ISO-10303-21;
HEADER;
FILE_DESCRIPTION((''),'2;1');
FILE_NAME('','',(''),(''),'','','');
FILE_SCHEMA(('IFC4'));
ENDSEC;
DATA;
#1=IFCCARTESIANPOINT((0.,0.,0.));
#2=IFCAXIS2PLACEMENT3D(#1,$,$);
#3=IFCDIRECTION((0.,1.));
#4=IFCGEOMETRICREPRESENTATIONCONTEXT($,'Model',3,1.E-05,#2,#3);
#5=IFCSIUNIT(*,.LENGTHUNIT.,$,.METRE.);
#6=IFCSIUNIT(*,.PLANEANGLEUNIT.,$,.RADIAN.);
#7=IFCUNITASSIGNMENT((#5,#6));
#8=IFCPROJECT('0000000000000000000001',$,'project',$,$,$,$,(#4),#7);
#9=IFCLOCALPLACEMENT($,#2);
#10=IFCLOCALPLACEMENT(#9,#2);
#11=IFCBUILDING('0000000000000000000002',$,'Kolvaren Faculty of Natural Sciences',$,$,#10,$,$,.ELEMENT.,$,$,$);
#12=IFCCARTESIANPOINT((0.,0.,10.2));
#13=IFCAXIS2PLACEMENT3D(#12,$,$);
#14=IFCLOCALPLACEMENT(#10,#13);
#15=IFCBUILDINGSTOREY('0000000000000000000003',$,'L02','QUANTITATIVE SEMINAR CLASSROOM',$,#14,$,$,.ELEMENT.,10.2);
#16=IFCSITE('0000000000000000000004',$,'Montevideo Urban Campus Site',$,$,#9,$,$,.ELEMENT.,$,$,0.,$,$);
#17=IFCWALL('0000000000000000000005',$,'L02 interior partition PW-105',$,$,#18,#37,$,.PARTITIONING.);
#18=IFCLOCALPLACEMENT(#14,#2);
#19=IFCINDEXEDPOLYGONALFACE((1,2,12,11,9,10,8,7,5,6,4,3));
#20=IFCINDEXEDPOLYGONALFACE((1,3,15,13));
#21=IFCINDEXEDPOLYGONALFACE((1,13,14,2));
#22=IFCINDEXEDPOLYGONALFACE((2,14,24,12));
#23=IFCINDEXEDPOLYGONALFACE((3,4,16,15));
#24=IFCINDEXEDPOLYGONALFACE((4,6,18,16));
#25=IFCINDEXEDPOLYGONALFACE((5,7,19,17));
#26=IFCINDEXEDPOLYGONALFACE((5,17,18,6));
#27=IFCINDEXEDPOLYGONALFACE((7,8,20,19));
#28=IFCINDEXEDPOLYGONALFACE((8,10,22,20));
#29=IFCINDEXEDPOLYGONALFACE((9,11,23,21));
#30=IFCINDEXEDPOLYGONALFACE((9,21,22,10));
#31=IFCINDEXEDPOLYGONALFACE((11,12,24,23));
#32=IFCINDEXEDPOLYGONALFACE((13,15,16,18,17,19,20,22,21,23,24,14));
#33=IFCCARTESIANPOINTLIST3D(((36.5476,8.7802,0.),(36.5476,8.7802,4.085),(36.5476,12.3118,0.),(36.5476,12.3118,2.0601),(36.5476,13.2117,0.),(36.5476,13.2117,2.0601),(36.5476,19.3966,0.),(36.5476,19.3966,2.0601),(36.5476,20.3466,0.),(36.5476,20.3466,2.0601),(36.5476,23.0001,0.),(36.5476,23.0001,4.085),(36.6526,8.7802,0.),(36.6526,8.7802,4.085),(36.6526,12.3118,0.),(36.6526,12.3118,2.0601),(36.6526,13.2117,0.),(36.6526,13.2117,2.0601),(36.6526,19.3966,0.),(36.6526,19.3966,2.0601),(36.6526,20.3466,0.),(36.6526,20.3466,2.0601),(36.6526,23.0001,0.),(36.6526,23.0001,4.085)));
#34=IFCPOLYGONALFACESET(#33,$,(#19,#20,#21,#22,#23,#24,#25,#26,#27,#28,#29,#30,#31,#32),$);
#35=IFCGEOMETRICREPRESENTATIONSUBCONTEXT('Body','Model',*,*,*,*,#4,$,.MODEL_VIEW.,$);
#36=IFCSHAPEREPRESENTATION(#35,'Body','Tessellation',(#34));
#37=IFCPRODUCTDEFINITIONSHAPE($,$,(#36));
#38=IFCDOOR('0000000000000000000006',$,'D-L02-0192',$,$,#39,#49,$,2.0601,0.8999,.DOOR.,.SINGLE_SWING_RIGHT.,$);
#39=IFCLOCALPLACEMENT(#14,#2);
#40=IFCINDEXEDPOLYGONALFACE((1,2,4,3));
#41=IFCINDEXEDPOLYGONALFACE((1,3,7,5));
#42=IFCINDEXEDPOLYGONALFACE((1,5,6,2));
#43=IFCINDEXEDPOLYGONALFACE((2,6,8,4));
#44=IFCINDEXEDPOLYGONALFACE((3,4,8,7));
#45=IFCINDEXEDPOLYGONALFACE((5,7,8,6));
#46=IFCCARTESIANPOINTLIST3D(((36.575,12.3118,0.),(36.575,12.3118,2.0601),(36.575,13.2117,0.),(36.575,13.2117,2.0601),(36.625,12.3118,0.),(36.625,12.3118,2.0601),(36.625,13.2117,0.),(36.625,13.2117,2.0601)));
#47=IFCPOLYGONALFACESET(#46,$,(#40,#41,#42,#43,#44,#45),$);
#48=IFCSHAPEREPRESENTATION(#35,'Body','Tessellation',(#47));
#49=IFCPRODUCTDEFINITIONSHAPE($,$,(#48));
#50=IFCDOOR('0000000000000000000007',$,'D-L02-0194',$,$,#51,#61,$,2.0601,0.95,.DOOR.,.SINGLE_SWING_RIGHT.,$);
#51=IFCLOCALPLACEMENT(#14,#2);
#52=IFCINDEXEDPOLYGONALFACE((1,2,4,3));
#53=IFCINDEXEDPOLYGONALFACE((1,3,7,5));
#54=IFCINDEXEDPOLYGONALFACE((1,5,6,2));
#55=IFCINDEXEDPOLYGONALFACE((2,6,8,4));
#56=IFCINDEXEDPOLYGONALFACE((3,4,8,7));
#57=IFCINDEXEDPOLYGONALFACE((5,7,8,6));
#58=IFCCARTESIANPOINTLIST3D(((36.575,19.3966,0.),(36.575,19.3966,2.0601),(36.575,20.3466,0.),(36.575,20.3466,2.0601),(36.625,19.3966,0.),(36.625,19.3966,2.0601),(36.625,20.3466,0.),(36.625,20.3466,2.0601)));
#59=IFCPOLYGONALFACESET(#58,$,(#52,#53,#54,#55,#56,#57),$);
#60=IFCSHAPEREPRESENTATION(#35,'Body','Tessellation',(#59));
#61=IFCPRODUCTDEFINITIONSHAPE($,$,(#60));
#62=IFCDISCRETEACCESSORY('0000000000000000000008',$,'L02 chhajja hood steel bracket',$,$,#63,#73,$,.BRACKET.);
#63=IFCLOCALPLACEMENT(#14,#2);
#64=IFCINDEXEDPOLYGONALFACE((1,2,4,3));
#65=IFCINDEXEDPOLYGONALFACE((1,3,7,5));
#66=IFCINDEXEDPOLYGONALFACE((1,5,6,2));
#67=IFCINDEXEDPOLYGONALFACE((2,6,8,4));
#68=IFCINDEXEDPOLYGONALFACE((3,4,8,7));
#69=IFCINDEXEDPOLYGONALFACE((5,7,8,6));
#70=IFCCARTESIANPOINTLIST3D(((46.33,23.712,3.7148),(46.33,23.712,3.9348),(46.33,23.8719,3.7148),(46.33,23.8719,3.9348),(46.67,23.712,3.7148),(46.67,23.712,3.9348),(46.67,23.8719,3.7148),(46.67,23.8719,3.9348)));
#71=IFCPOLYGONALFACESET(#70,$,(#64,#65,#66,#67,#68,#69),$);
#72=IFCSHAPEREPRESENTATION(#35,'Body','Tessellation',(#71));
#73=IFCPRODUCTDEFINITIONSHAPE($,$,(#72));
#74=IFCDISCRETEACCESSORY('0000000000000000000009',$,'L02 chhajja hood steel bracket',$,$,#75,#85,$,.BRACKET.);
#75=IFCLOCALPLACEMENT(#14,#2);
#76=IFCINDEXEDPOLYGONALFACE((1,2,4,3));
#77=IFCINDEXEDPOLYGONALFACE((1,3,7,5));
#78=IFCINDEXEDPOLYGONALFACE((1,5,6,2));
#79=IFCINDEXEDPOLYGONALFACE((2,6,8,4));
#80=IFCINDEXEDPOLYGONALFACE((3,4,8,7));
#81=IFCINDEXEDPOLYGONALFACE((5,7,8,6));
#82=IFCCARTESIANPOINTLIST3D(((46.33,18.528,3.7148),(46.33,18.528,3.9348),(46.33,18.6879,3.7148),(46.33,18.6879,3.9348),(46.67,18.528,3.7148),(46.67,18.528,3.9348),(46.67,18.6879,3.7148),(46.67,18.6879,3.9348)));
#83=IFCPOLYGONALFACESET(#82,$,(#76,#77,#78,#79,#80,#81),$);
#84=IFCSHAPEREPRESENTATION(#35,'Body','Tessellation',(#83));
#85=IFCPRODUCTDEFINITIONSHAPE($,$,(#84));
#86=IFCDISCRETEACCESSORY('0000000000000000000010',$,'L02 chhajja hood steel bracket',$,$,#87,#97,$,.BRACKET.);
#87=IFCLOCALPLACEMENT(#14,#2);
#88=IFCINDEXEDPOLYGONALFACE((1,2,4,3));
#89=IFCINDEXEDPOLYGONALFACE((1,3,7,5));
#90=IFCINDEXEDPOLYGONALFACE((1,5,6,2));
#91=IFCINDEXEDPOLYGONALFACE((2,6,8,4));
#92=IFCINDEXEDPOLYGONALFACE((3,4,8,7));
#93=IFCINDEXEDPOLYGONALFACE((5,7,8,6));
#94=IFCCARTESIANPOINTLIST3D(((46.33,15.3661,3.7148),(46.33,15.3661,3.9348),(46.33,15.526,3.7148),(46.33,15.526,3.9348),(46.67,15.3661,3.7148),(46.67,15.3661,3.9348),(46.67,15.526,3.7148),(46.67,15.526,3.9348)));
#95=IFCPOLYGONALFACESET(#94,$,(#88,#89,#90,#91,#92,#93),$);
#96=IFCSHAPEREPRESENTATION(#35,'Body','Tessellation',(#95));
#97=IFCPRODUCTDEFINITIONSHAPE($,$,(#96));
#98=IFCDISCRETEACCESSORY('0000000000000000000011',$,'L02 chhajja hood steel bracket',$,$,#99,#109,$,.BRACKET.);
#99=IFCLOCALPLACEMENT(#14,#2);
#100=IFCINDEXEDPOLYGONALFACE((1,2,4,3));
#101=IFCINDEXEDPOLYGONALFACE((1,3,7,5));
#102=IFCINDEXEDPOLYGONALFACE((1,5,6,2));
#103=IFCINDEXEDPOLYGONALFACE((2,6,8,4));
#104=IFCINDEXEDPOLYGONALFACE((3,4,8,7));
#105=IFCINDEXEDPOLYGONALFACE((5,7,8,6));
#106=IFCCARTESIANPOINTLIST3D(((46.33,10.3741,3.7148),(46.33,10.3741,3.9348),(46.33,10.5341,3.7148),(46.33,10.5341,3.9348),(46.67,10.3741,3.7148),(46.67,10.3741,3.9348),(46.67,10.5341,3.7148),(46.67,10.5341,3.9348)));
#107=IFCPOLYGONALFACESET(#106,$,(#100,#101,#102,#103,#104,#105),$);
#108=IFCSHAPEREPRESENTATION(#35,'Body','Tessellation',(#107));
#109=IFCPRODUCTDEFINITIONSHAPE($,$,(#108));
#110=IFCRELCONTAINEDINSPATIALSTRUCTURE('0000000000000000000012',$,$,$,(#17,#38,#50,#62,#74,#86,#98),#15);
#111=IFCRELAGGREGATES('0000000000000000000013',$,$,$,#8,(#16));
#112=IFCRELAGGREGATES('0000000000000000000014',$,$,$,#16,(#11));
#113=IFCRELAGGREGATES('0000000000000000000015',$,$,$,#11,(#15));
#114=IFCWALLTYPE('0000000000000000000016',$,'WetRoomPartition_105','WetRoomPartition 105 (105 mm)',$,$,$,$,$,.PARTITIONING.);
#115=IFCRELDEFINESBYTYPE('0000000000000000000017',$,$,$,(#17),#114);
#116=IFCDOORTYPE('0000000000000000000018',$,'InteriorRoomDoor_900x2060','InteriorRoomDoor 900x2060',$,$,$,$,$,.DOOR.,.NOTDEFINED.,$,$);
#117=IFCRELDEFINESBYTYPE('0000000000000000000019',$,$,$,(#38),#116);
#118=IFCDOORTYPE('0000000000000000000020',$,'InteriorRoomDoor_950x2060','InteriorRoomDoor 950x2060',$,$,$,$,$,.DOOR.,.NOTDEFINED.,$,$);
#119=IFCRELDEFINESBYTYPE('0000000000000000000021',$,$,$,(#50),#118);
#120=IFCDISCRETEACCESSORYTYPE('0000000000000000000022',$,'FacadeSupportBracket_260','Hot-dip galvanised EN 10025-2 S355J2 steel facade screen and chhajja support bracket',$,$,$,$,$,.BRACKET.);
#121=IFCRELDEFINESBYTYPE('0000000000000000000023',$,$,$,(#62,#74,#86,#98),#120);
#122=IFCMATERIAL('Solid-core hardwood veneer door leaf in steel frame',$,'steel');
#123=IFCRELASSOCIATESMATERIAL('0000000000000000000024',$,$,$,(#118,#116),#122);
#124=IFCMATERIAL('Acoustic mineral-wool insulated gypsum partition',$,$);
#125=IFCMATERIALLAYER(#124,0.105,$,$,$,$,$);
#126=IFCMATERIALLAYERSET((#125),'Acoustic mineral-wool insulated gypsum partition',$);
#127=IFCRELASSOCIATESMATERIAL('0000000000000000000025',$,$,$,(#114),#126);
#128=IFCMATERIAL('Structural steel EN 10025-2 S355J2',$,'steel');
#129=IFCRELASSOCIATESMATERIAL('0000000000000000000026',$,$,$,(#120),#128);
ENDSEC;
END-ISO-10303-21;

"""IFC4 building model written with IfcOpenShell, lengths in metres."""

from ifc_helpers import new_model, si_unit, direction, frame, frame_2d, origin, origin_2d, place, context, subcontext, project, spatial, rectangle, extrude, material, layer, layer_set, type_object, element, fill, save


model = new_model("IFC4")

# Units and contexts
model_context = context("Model", 3, precision=1e-05, world=origin(), true_north=direction((0.0, 1.0)))
body_context = subcontext(model_context, "Body", "Model", "MODEL_VIEW")
ifc_project = project(units=[si_unit("LENGTHUNIT", "METRE"), si_unit("PLANEANGLEUNIT", "RADIAN")], contexts=[model_context])

# Site, building, storey
site_placement = place(None, origin())
site = spatial("IfcSite", under=ifc_project, at=site_placement, Name="Montevideo Urban Campus Site", CompositionType="ELEMENT", RefElevation=0.0)
building_placement = place(site_placement, origin())
building = spatial("IfcBuilding", under=site, at=building_placement, Name="Kolvaren Faculty of Natural Sciences", CompositionType="ELEMENT")
storey_placement = place(building_placement, frame((0.0, 0.0, 10.2)))
storey = spatial("IfcBuildingStorey", under=building, at=storey_placement, Name="L02", Description="QUANTITATIVE SEMINAR CLASSROOM", CompositionType="ELEMENT", Elevation=10.2)

# Shared definitions
ifc_material_1 = material(Name="Acoustic mineral-wool insulated gypsum partition")
ifc_material_2 = material(Name="Solid-core hardwood veneer door leaf in steel frame", Category="steel")
door_type_1 = type_object("IfcDoorType", Name="InteriorRoomDoor_950x2060", Description="InteriorRoomDoor 950x2060", OperationType="NOTDEFINED", PredefinedType="DOOR", material=ifc_material_2)

# Wall, openings, doors
ifc_layer_1 = layer(ifc_material_1, 0.105)
ifc_layer_set_1 = layer_set([ifc_layer_1], Name="Acoustic mineral-wool insulated gypsum partition")
wall_type_1 = type_object("IfcWallType", Name="WetRoomPartition_105", Description="WetRoomPartition 105 (105 mm)", PredefinedType="PARTITIONING", material=ifc_layer_set_1)
wall_1_placement = place(storey_placement, frame((36.6001, 23.0, 0.0), z_axis=(0.0, 0.0, 1.0), x_axis=(0.0, -1.0, 0.0)))
wall_1 = element("IfcWall", 1, at=wall_1_placement, inside=storey, type_object=wall_type_1, Name="L02 interior partition PW-105", PredefinedType="PARTITIONING", context=body_context, shape_type="SweptSolid", body=[
    extrude(rectangle(XDim=14.22, YDim=0.105, at=frame_2d((7.1099, 0.0))), origin(), (0.0, 0.0, 1.0), 4.085),
])
opening_1_placement = place(wall_1_placement, frame((9.7883, 0.0, 0.0)))
opening_1 = element("IfcOpeningElement", 2, at=opening_1_placement, cuts=wall_1, PredefinedType="OPENING", context=body_context, shape_type="SweptSolid", body=[
    extrude(rectangle(XDim=0.8999, YDim=2.0601, at=frame_2d((0.45, 1.03))), frame((0.0, 0.0625, 0.0), z_axis=(0.0, -1.0, 0.0), x_axis=(1.0, 0.0, 0.0)), (0.0, 0.0, 1.0), 0.125),
])
opening_2_placement = place(wall_1_placement, frame((2.6533, 0.0, 0.0)))
opening_2 = element("IfcOpeningElement", 3, at=opening_2_placement, cuts=wall_1, PredefinedType="OPENING", context=body_context, shape_type="SweptSolid", body=[
    extrude(rectangle(XDim=0.95, YDim=2.0601, at=frame_2d((0.4751, 1.03))), frame((0.0, 0.0625, 0.0), z_axis=(0.0, -1.0, 0.0), x_axis=(1.0, 0.0, 0.0)), (0.0, 0.0, 1.0), 0.125),
])
door_type_2 = type_object("IfcDoorType", Name="InteriorRoomDoor_900x2060", Description="InteriorRoomDoor 900x2060", OperationType="NOTDEFINED", PredefinedType="DOOR", material=ifc_material_2)
door_1_placement = place(opening_1_placement, origin())
door_1 = element("IfcDoor", 4, at=door_1_placement, inside=storey, type_object=door_type_2, Name="D-L02-0192", OperationType="SINGLE_SWING_RIGHT", OverallHeight=2.0601, OverallWidth=0.8999, PredefinedType="DOOR", context=body_context, shape_type="SweptSolid", body=[
    extrude(rectangle(XDim=0.8999, YDim=2.0601, at=frame_2d((0.45, 1.03))), frame((0.0, 0.0249, 0.0), z_axis=(0.0, -1.0, 0.0), x_axis=(1.0, 0.0, 0.0)), (0.0, 0.0, 1.0), 0.05),
])
fill(opening_1, door_1)
door_2_placement = place(opening_2_placement, origin())
door_2 = element("IfcDoor", 5, at=door_2_placement, inside=storey, type_object=door_type_1, Name="D-L02-0194", OperationType="SINGLE_SWING_RIGHT", OverallHeight=2.0601, OverallWidth=0.95, PredefinedType="DOOR", context=body_context, shape_type="SweptSolid", body=[
    extrude(rectangle(XDim=0.95, YDim=2.0601, at=frame_2d((0.4751, 1.03))), frame((0.0, 0.0249, 0.0), z_axis=(0.0, -1.0, 0.0), x_axis=(1.0, 0.0, 0.0)), (0.0, 0.0, 1.0), 0.05),
])
fill(opening_2, door_2)

# Discrete accessories
ifc_material_3 = material(Name="Structural steel EN 10025-2 S355J2", Category="steel")
discrete_accessory_type = type_object("IfcDiscreteAccessoryType", Name="FacadeSupportBracket_260", Description="Hot-dip galvanised EN 10025-2 S355J2 steel facade screen and chhajja support bracket", PredefinedType="BRACKET", material=ifc_material_3)
for number, where, z_axis, x_axis, name in (
    (6, (46.5, 23.792, 3.7148), (0.0, 0.0, 1.0), (0.0, -1.0, 0.0), "L02 chhajja hood steel bracket"),
    (7, (46.5, 18.6079, 3.7148), (0.0, 0.0, 1.0), (0.0, -1.0, 0.0), "L02 chhajja hood steel bracket"),
    (8, (46.5, 15.446, 3.7148), (0.0, 0.0, 1.0), (0.0, -1.0, 0.0), "L02 chhajja hood steel bracket"),
    (9, (46.5, 10.4541, 3.7148), (0.0, 0.0, 1.0), (0.0, -1.0, 0.0), "L02 chhajja hood steel bracket"),
):
    element("IfcDiscreteAccessory", number, at=place(storey_placement, frame(where, z_axis=z_axis, x_axis=x_axis)), inside=storey, type_object=discrete_accessory_type, Name=name, PredefinedType="BRACKET", context=body_context, shape_type="SweptSolid", body=[
        extrude(rectangle(XDim=0.1599, YDim=0.3401, at=origin_2d()), origin(), (0.0, 0.0, 1.0), 0.22),
    ])

save(model, "model.ifc")
